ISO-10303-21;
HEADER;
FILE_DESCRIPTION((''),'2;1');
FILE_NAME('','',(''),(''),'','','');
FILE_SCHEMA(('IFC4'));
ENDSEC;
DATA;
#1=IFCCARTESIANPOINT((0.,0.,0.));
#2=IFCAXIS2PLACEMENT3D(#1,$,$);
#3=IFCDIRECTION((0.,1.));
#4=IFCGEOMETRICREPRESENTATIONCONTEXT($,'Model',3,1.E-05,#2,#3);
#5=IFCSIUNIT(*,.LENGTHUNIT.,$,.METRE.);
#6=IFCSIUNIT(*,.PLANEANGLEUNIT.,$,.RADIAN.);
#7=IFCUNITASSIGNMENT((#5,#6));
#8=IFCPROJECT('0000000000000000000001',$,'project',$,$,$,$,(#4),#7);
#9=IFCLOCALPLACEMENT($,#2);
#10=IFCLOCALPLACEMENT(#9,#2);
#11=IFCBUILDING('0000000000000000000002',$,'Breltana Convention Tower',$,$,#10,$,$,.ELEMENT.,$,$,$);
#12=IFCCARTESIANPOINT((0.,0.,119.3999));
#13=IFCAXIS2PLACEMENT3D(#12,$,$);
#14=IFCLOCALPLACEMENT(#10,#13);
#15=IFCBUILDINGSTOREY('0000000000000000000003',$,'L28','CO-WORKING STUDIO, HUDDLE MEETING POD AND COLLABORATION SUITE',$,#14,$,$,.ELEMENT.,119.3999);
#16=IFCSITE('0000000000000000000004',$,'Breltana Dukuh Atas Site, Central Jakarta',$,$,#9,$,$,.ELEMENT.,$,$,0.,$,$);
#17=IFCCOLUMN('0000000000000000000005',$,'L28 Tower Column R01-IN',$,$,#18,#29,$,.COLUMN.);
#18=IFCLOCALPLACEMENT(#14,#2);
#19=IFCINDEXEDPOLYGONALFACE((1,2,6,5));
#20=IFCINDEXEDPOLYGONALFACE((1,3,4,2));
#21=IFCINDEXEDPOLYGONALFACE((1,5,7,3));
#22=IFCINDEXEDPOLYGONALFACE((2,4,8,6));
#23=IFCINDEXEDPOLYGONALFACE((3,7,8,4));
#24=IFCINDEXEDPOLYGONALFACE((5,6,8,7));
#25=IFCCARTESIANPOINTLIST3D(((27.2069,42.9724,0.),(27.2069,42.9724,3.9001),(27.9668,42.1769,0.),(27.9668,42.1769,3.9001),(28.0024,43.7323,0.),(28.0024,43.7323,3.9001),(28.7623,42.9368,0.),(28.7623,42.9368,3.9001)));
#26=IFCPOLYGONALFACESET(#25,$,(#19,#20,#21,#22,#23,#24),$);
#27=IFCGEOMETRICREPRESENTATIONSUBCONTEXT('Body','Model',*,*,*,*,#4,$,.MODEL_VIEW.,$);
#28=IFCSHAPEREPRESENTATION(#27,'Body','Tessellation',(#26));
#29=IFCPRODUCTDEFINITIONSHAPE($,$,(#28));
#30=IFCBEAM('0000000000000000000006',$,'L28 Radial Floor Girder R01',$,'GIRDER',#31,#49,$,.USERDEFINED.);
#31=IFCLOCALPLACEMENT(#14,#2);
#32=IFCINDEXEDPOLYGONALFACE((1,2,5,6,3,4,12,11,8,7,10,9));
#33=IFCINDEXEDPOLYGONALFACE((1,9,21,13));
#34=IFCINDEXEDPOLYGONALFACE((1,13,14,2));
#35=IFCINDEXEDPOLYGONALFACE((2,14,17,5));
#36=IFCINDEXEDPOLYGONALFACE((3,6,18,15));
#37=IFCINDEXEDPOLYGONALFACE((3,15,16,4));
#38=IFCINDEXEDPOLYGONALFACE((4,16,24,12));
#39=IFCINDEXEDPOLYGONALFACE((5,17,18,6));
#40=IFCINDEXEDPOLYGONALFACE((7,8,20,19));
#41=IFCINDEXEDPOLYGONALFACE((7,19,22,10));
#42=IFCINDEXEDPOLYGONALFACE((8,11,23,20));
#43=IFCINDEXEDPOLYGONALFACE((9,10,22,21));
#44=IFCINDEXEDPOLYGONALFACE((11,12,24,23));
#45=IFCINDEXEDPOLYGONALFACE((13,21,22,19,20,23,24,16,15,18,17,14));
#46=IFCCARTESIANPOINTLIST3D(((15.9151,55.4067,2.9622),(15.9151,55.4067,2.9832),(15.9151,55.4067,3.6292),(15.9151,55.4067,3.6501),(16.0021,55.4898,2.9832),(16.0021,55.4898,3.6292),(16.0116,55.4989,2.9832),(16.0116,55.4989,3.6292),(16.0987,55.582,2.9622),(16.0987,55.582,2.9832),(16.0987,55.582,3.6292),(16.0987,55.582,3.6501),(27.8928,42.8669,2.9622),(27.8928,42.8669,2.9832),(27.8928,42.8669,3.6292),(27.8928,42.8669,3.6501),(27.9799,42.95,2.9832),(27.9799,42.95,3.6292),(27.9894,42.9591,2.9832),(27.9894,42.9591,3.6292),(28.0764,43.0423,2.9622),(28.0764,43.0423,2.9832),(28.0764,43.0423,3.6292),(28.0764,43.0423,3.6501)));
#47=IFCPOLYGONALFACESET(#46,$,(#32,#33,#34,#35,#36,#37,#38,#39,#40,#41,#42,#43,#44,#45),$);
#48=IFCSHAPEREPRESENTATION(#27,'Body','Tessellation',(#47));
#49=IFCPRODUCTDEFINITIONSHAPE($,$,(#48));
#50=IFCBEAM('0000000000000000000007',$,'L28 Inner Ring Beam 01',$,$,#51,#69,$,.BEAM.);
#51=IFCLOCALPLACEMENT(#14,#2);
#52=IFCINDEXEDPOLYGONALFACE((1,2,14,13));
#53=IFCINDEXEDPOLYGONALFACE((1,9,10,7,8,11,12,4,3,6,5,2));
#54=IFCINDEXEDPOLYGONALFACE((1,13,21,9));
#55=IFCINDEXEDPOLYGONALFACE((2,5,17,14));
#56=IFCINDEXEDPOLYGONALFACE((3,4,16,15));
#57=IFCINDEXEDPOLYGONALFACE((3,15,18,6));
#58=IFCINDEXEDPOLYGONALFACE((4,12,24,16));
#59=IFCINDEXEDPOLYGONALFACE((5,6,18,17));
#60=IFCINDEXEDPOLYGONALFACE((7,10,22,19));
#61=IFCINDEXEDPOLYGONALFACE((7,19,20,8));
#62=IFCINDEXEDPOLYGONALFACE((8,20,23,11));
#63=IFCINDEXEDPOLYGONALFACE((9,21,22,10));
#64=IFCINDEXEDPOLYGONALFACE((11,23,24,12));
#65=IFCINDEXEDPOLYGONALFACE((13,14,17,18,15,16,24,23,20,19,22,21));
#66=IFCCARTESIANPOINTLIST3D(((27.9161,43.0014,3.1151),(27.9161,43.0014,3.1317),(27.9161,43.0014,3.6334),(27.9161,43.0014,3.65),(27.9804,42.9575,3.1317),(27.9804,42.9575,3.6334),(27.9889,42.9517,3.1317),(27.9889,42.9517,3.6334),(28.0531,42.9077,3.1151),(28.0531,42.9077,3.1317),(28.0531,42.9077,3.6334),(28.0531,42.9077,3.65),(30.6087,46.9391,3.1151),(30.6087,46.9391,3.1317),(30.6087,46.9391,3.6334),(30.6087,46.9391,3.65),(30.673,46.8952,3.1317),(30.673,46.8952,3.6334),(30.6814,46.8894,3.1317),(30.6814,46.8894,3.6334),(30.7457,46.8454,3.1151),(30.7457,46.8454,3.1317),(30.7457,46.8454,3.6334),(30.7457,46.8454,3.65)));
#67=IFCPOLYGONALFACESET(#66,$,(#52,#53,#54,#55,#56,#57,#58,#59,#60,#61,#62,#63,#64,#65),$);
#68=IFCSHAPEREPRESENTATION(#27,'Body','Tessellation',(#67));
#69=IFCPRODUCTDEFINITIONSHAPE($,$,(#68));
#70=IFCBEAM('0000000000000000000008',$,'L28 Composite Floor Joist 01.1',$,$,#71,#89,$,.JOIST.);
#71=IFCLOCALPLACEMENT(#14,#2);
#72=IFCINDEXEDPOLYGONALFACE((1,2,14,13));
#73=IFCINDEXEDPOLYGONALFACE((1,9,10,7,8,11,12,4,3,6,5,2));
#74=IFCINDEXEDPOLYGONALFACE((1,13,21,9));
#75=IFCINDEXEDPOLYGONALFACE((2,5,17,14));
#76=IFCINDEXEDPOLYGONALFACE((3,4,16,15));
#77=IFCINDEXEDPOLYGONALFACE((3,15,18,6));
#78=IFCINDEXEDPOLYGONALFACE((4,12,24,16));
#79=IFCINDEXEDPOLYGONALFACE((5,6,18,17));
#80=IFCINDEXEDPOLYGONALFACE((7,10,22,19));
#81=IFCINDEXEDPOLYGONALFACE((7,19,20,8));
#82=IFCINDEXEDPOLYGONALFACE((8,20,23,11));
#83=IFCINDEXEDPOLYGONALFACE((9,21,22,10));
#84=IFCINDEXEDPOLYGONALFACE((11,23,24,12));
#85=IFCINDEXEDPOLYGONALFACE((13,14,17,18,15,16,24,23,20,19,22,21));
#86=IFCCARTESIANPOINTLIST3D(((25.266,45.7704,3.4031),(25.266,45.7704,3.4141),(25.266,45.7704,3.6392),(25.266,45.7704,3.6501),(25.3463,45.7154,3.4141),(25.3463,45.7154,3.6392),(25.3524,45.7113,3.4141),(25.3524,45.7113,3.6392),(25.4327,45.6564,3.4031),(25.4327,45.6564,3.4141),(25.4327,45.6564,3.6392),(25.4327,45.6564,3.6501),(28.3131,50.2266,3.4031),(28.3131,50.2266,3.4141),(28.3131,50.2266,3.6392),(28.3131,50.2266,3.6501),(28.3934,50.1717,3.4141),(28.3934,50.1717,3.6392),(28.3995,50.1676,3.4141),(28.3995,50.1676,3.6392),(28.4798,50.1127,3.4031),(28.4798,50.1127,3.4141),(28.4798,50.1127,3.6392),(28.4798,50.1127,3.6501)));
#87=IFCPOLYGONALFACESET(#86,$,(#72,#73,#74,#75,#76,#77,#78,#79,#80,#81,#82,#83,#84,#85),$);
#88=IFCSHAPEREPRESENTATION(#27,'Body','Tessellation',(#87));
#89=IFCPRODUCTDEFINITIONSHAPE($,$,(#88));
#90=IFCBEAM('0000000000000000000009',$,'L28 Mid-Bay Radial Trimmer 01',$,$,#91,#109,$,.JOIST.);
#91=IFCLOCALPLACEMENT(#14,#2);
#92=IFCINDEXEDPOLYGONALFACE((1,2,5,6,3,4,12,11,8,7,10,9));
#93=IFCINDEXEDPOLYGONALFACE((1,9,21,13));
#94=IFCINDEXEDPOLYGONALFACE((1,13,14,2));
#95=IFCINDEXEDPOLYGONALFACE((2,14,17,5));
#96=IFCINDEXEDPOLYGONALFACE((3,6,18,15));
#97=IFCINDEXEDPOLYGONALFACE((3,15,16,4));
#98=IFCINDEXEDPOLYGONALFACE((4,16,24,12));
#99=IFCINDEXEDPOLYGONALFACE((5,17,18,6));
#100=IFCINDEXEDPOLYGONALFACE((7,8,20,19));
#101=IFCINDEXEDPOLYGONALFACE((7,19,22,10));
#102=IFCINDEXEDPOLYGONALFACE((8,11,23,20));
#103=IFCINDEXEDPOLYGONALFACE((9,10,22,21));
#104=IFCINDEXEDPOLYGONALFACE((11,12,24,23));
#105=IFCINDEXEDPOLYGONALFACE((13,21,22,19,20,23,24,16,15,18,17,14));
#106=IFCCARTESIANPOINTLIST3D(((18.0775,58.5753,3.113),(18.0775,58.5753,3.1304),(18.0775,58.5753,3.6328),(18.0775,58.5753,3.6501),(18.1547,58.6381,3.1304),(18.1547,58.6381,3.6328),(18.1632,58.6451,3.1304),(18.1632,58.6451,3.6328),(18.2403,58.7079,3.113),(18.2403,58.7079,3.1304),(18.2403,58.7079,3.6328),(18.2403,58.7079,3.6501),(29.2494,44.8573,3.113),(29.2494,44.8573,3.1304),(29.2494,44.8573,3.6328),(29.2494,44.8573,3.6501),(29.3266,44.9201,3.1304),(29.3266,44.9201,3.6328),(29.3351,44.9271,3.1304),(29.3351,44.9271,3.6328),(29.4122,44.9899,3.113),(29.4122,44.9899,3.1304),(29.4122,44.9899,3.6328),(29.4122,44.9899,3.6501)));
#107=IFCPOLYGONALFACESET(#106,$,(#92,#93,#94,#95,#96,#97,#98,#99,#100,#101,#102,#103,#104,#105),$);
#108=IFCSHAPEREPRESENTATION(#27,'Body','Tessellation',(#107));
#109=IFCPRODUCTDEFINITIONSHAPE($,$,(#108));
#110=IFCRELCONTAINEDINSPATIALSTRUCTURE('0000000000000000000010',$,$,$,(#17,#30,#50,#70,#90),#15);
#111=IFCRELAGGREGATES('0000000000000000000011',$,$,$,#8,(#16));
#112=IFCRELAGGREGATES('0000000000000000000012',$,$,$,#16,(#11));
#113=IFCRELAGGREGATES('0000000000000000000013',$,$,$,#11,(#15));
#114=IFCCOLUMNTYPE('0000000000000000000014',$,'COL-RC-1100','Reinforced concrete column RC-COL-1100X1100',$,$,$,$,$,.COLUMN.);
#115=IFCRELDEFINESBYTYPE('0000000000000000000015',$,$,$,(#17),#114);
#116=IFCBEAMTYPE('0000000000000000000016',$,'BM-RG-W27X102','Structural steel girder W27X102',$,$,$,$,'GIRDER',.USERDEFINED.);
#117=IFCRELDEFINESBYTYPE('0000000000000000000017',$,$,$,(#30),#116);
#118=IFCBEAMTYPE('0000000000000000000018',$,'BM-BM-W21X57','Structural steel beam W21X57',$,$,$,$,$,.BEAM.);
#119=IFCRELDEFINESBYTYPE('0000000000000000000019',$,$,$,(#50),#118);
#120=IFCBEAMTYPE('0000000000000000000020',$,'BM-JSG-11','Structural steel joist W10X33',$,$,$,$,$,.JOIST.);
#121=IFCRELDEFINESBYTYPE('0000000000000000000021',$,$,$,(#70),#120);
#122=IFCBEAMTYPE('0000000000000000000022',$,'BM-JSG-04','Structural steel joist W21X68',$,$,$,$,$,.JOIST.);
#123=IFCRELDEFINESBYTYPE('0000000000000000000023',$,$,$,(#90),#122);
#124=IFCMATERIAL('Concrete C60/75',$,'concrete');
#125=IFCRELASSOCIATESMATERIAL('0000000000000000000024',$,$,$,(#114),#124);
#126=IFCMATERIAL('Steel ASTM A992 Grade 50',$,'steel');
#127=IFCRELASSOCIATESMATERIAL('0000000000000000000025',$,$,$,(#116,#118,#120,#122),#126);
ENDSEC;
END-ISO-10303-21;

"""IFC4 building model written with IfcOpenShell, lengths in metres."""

from ifc_helpers import new_model, si_unit, direction, frame, origin, origin_2d, place, context, subcontext, project, spatial, rectangle, i_section, extrude, source, transform, mapped, material, material_profile, profile_set, type_object, type_shapes, element, save


model = new_model("IFC4")

# Units and contexts
model_context = context("Model", 3, precision=1e-05, world=origin(), true_north=direction((0.0, 1.0)))
body_context = subcontext(model_context, "Body", "Model", "MODEL_VIEW")
ifc_project = project(units=[si_unit("LENGTHUNIT", "METRE"), si_unit("PLANEANGLEUNIT", "RADIAN")], contexts=[model_context])

# Site, building, storey
site_placement = place(None, origin())
site = spatial("IfcSite", under=ifc_project, at=site_placement, Name="Breltana Dukuh Atas Site, Central Jakarta", CompositionType="ELEMENT", RefElevation=0.0)
building_placement = place(site_placement, origin())
building = spatial("IfcBuilding", under=site, at=building_placement, Name="Breltana Convention Tower", CompositionType="ELEMENT")
storey_placement = place(building_placement, frame((0.0, 0.0, 119.3999)))
storey = spatial("IfcBuildingStorey", under=building, at=storey_placement, Name="L28", Description="CO-WORKING STUDIO, HUDDLE MEETING POD AND COLLABORATION SUITE", CompositionType="ELEMENT", Elevation=119.3999)

# Column
ifc_material_1 = material(Name="Concrete C60/75", Category="concrete")
ifc_material_profile_1 = material_profile(ifc_material_1, rectangle(XDim=1.1001, YDim=1.1001, at=origin_2d()), Name="RC-COL-1100X1100")
ifc_profile_set_1 = profile_set([ifc_material_profile_1], Name="Concrete C60/75")
column_type = type_object("IfcColumnType", Name="COL-RC-1100", Description="Reinforced concrete column RC-COL-1100X1100", PredefinedType="COLUMN", material=ifc_profile_set_1)
shared_shape_1 = source(origin(), body_context, "Body", "SweptSolid", [
    extrude(rectangle(XDim=1.1001, YDim=1.1001, at=origin_2d()), origin(), (0.0, 0.0, 1.0), 3.9001),
])
column_placement = place(storey_placement, frame((27.9846, 42.9546, 0.0), z_axis=(0.0, 0.0, 1.0), x_axis=(-0.690756, 0.723088, 0.0)))
element("IfcColumn", 1, at=column_placement, inside=storey, type_object=column_type, Name="L28 Tower Column R01-IN", PredefinedType="COLUMN", context=body_context, shape_type="MappedRepresentation", body=[
    mapped(shared_shape_1, transform((0.0, 0.0, 0.0), scale=1.0)),
])

# Beams
ifc_material_2 = material(Name="Steel ASTM A992 Grade 50", Category="steel")
ifc_material_profile_2 = material_profile(ifc_material_2, i_section(OverallWidth=0.2539, OverallDepth=0.688, WebThickness=0.0132, FlangeThickness=0.021, at=origin_2d()), Name="W27X102")
ifc_profile_set_2 = profile_set([ifc_material_profile_2], Name="Steel ASTM A992 Grade 50")
beam_type_1 = type_object("IfcBeamType", Name="BM-RG-W27X102", Description="Structural steel girder W27X102", ElementType="GIRDER", PredefinedType="USERDEFINED", material=ifc_profile_set_2)
shared_shape_2 = source(origin(), body_context, "Body", "SweptSolid", [
    extrude(i_section(OverallWidth=0.2539, OverallDepth=0.688, WebThickness=0.0132, FlangeThickness=0.021, at=origin_2d()), origin(), (0.0, 0.0, 1.0), 17.3411),
])
type_shapes(beam_type_1, [shared_shape_2])
beam_1_placement = place(storey_placement, frame((27.9846, 42.9546, 3.3062), z_axis=(-0.690716, 0.723126, 0.0), x_axis=(-0.723126, -0.690716, 0.0)))
element("IfcBeam", 2, at=beam_1_placement, inside=storey, type_object=beam_type_1, Name="L28 Radial Floor Girder R01", ObjectType="GIRDER", PredefinedType="USERDEFINED", context=body_context, shape_type="MappedRepresentation", body=[
    mapped(shared_shape_2, transform((0.0, 0.0, 0.0), scale=1.0)),
])
ifc_material_profile_3 = material_profile(ifc_material_2, i_section(OverallWidth=0.166, OverallDepth=0.5349, WebThickness=0.0103, FlangeThickness=0.0166, at=origin_2d()), Name="W21X57")
ifc_profile_set_3 = profile_set([ifc_material_profile_3], Name="Steel ASTM A992 Grade 50")
beam_type_2 = type_object("IfcBeamType", Name="BM-BM-W21X57", Description="Structural steel beam W21X57", PredefinedType="BEAM", material=ifc_profile_set_3)
shared_shape_3 = source(origin(), body_context, "Body", "SweptSolid", [
    extrude(i_section(OverallWidth=0.166, OverallDepth=0.5349, WebThickness=0.0103, FlangeThickness=0.0166, at=origin_2d()), origin(), (0.0, 0.0, 1.0), 4.7703),
])
beam_2_placement = place(storey_placement, frame((27.9846, 42.9546, 3.3826), z_axis=(0.564453, 0.825465, 0.0), x_axis=(-0.825465, 0.564453, 0.0)))
element("IfcBeam", 3, at=beam_2_placement, inside=storey, type_object=beam_type_2, Name="L28 Inner Ring Beam 01", PredefinedType="BEAM", context=body_context, shape_type="MappedRepresentation", body=[
    mapped(shared_shape_3, transform((0.0, 0.0, 0.0), scale=1.0)),
])
ifc_material_profile_4 = material_profile(ifc_material_2, i_section(OverallWidth=0.2019, OverallDepth=0.2471, WebThickness=0.0073, FlangeThickness=0.011, at=origin_2d()), Name="W10X33")
ifc_profile_set_4 = profile_set([ifc_material_profile_4], Name="Steel ASTM A992 Grade 50")
beam_type_3 = type_object("IfcBeamType", Name="BM-JSG-11", Description="Structural steel joist W10X33", PredefinedType="JOIST", material=ifc_profile_set_4)
shared_shape_4 = source(origin(), body_context, "Body", "SweptSolid", [
    extrude(i_section(OverallWidth=0.2019, OverallDepth=0.2471, WebThickness=0.0073, FlangeThickness=0.011, at=origin_2d()), origin(), (0.0, 0.0, 1.0), 5.3984),
])
beam_3_placement = place(storey_placement, frame((25.3494, 45.7134, 3.5266), z_axis=(0.564441, 0.825474, 0.0), x_axis=(-0.825474, 0.564441, 0.0)))
element("IfcBeam", 4, at=beam_3_placement, inside=storey, type_object=beam_type_3, Name="L28 Composite Floor Joist 01.1", PredefinedType="JOIST", context=body_context, shape_type="MappedRepresentation", body=[
    mapped(shared_shape_4, transform((0.0, 0.0, 0.0), scale=1.0)),
])
ifc_material_profile_5 = material_profile(ifc_material_2, i_section(OverallWidth=0.21, OverallDepth=0.5371, WebThickness=0.011, FlangeThickness=0.0173, at=origin_2d()), Name="W21X68")
ifc_profile_set_5 = profile_set([ifc_material_profile_5], Name="Steel ASTM A992 Grade 50")
beam_type_4 = type_object("IfcBeamType", Name="BM-JSG-04", Description="Structural steel joist W21X68", PredefinedType="JOIST", material=ifc_profile_set_5)
shared_shape_5 = source(origin(), body_context, "Body", "SweptSolid", [
    extrude(i_section(OverallWidth=0.21, OverallDepth=0.5371, WebThickness=0.011, FlangeThickness=0.0173, at=origin_2d()), origin(), (0.0, 0.0, 1.0), 17.6917),
])
beam_4_placement = place(storey_placement, frame((29.3308, 44.9236, 3.3816), z_axis=(-0.631477, 0.775395, 0.0), x_axis=(-0.775395, -0.631477, 0.0)))
element("IfcBeam", 5, at=beam_4_placement, inside=storey, type_object=beam_type_4, Name="L28 Mid-Bay Radial Trimmer 01", PredefinedType="JOIST", context=body_context, shape_type="MappedRepresentation", body=[
    mapped(shared_shape_5, transform((0.0, 0.0, 0.0), scale=1.0)),
])

save(model, "model.ifc")
